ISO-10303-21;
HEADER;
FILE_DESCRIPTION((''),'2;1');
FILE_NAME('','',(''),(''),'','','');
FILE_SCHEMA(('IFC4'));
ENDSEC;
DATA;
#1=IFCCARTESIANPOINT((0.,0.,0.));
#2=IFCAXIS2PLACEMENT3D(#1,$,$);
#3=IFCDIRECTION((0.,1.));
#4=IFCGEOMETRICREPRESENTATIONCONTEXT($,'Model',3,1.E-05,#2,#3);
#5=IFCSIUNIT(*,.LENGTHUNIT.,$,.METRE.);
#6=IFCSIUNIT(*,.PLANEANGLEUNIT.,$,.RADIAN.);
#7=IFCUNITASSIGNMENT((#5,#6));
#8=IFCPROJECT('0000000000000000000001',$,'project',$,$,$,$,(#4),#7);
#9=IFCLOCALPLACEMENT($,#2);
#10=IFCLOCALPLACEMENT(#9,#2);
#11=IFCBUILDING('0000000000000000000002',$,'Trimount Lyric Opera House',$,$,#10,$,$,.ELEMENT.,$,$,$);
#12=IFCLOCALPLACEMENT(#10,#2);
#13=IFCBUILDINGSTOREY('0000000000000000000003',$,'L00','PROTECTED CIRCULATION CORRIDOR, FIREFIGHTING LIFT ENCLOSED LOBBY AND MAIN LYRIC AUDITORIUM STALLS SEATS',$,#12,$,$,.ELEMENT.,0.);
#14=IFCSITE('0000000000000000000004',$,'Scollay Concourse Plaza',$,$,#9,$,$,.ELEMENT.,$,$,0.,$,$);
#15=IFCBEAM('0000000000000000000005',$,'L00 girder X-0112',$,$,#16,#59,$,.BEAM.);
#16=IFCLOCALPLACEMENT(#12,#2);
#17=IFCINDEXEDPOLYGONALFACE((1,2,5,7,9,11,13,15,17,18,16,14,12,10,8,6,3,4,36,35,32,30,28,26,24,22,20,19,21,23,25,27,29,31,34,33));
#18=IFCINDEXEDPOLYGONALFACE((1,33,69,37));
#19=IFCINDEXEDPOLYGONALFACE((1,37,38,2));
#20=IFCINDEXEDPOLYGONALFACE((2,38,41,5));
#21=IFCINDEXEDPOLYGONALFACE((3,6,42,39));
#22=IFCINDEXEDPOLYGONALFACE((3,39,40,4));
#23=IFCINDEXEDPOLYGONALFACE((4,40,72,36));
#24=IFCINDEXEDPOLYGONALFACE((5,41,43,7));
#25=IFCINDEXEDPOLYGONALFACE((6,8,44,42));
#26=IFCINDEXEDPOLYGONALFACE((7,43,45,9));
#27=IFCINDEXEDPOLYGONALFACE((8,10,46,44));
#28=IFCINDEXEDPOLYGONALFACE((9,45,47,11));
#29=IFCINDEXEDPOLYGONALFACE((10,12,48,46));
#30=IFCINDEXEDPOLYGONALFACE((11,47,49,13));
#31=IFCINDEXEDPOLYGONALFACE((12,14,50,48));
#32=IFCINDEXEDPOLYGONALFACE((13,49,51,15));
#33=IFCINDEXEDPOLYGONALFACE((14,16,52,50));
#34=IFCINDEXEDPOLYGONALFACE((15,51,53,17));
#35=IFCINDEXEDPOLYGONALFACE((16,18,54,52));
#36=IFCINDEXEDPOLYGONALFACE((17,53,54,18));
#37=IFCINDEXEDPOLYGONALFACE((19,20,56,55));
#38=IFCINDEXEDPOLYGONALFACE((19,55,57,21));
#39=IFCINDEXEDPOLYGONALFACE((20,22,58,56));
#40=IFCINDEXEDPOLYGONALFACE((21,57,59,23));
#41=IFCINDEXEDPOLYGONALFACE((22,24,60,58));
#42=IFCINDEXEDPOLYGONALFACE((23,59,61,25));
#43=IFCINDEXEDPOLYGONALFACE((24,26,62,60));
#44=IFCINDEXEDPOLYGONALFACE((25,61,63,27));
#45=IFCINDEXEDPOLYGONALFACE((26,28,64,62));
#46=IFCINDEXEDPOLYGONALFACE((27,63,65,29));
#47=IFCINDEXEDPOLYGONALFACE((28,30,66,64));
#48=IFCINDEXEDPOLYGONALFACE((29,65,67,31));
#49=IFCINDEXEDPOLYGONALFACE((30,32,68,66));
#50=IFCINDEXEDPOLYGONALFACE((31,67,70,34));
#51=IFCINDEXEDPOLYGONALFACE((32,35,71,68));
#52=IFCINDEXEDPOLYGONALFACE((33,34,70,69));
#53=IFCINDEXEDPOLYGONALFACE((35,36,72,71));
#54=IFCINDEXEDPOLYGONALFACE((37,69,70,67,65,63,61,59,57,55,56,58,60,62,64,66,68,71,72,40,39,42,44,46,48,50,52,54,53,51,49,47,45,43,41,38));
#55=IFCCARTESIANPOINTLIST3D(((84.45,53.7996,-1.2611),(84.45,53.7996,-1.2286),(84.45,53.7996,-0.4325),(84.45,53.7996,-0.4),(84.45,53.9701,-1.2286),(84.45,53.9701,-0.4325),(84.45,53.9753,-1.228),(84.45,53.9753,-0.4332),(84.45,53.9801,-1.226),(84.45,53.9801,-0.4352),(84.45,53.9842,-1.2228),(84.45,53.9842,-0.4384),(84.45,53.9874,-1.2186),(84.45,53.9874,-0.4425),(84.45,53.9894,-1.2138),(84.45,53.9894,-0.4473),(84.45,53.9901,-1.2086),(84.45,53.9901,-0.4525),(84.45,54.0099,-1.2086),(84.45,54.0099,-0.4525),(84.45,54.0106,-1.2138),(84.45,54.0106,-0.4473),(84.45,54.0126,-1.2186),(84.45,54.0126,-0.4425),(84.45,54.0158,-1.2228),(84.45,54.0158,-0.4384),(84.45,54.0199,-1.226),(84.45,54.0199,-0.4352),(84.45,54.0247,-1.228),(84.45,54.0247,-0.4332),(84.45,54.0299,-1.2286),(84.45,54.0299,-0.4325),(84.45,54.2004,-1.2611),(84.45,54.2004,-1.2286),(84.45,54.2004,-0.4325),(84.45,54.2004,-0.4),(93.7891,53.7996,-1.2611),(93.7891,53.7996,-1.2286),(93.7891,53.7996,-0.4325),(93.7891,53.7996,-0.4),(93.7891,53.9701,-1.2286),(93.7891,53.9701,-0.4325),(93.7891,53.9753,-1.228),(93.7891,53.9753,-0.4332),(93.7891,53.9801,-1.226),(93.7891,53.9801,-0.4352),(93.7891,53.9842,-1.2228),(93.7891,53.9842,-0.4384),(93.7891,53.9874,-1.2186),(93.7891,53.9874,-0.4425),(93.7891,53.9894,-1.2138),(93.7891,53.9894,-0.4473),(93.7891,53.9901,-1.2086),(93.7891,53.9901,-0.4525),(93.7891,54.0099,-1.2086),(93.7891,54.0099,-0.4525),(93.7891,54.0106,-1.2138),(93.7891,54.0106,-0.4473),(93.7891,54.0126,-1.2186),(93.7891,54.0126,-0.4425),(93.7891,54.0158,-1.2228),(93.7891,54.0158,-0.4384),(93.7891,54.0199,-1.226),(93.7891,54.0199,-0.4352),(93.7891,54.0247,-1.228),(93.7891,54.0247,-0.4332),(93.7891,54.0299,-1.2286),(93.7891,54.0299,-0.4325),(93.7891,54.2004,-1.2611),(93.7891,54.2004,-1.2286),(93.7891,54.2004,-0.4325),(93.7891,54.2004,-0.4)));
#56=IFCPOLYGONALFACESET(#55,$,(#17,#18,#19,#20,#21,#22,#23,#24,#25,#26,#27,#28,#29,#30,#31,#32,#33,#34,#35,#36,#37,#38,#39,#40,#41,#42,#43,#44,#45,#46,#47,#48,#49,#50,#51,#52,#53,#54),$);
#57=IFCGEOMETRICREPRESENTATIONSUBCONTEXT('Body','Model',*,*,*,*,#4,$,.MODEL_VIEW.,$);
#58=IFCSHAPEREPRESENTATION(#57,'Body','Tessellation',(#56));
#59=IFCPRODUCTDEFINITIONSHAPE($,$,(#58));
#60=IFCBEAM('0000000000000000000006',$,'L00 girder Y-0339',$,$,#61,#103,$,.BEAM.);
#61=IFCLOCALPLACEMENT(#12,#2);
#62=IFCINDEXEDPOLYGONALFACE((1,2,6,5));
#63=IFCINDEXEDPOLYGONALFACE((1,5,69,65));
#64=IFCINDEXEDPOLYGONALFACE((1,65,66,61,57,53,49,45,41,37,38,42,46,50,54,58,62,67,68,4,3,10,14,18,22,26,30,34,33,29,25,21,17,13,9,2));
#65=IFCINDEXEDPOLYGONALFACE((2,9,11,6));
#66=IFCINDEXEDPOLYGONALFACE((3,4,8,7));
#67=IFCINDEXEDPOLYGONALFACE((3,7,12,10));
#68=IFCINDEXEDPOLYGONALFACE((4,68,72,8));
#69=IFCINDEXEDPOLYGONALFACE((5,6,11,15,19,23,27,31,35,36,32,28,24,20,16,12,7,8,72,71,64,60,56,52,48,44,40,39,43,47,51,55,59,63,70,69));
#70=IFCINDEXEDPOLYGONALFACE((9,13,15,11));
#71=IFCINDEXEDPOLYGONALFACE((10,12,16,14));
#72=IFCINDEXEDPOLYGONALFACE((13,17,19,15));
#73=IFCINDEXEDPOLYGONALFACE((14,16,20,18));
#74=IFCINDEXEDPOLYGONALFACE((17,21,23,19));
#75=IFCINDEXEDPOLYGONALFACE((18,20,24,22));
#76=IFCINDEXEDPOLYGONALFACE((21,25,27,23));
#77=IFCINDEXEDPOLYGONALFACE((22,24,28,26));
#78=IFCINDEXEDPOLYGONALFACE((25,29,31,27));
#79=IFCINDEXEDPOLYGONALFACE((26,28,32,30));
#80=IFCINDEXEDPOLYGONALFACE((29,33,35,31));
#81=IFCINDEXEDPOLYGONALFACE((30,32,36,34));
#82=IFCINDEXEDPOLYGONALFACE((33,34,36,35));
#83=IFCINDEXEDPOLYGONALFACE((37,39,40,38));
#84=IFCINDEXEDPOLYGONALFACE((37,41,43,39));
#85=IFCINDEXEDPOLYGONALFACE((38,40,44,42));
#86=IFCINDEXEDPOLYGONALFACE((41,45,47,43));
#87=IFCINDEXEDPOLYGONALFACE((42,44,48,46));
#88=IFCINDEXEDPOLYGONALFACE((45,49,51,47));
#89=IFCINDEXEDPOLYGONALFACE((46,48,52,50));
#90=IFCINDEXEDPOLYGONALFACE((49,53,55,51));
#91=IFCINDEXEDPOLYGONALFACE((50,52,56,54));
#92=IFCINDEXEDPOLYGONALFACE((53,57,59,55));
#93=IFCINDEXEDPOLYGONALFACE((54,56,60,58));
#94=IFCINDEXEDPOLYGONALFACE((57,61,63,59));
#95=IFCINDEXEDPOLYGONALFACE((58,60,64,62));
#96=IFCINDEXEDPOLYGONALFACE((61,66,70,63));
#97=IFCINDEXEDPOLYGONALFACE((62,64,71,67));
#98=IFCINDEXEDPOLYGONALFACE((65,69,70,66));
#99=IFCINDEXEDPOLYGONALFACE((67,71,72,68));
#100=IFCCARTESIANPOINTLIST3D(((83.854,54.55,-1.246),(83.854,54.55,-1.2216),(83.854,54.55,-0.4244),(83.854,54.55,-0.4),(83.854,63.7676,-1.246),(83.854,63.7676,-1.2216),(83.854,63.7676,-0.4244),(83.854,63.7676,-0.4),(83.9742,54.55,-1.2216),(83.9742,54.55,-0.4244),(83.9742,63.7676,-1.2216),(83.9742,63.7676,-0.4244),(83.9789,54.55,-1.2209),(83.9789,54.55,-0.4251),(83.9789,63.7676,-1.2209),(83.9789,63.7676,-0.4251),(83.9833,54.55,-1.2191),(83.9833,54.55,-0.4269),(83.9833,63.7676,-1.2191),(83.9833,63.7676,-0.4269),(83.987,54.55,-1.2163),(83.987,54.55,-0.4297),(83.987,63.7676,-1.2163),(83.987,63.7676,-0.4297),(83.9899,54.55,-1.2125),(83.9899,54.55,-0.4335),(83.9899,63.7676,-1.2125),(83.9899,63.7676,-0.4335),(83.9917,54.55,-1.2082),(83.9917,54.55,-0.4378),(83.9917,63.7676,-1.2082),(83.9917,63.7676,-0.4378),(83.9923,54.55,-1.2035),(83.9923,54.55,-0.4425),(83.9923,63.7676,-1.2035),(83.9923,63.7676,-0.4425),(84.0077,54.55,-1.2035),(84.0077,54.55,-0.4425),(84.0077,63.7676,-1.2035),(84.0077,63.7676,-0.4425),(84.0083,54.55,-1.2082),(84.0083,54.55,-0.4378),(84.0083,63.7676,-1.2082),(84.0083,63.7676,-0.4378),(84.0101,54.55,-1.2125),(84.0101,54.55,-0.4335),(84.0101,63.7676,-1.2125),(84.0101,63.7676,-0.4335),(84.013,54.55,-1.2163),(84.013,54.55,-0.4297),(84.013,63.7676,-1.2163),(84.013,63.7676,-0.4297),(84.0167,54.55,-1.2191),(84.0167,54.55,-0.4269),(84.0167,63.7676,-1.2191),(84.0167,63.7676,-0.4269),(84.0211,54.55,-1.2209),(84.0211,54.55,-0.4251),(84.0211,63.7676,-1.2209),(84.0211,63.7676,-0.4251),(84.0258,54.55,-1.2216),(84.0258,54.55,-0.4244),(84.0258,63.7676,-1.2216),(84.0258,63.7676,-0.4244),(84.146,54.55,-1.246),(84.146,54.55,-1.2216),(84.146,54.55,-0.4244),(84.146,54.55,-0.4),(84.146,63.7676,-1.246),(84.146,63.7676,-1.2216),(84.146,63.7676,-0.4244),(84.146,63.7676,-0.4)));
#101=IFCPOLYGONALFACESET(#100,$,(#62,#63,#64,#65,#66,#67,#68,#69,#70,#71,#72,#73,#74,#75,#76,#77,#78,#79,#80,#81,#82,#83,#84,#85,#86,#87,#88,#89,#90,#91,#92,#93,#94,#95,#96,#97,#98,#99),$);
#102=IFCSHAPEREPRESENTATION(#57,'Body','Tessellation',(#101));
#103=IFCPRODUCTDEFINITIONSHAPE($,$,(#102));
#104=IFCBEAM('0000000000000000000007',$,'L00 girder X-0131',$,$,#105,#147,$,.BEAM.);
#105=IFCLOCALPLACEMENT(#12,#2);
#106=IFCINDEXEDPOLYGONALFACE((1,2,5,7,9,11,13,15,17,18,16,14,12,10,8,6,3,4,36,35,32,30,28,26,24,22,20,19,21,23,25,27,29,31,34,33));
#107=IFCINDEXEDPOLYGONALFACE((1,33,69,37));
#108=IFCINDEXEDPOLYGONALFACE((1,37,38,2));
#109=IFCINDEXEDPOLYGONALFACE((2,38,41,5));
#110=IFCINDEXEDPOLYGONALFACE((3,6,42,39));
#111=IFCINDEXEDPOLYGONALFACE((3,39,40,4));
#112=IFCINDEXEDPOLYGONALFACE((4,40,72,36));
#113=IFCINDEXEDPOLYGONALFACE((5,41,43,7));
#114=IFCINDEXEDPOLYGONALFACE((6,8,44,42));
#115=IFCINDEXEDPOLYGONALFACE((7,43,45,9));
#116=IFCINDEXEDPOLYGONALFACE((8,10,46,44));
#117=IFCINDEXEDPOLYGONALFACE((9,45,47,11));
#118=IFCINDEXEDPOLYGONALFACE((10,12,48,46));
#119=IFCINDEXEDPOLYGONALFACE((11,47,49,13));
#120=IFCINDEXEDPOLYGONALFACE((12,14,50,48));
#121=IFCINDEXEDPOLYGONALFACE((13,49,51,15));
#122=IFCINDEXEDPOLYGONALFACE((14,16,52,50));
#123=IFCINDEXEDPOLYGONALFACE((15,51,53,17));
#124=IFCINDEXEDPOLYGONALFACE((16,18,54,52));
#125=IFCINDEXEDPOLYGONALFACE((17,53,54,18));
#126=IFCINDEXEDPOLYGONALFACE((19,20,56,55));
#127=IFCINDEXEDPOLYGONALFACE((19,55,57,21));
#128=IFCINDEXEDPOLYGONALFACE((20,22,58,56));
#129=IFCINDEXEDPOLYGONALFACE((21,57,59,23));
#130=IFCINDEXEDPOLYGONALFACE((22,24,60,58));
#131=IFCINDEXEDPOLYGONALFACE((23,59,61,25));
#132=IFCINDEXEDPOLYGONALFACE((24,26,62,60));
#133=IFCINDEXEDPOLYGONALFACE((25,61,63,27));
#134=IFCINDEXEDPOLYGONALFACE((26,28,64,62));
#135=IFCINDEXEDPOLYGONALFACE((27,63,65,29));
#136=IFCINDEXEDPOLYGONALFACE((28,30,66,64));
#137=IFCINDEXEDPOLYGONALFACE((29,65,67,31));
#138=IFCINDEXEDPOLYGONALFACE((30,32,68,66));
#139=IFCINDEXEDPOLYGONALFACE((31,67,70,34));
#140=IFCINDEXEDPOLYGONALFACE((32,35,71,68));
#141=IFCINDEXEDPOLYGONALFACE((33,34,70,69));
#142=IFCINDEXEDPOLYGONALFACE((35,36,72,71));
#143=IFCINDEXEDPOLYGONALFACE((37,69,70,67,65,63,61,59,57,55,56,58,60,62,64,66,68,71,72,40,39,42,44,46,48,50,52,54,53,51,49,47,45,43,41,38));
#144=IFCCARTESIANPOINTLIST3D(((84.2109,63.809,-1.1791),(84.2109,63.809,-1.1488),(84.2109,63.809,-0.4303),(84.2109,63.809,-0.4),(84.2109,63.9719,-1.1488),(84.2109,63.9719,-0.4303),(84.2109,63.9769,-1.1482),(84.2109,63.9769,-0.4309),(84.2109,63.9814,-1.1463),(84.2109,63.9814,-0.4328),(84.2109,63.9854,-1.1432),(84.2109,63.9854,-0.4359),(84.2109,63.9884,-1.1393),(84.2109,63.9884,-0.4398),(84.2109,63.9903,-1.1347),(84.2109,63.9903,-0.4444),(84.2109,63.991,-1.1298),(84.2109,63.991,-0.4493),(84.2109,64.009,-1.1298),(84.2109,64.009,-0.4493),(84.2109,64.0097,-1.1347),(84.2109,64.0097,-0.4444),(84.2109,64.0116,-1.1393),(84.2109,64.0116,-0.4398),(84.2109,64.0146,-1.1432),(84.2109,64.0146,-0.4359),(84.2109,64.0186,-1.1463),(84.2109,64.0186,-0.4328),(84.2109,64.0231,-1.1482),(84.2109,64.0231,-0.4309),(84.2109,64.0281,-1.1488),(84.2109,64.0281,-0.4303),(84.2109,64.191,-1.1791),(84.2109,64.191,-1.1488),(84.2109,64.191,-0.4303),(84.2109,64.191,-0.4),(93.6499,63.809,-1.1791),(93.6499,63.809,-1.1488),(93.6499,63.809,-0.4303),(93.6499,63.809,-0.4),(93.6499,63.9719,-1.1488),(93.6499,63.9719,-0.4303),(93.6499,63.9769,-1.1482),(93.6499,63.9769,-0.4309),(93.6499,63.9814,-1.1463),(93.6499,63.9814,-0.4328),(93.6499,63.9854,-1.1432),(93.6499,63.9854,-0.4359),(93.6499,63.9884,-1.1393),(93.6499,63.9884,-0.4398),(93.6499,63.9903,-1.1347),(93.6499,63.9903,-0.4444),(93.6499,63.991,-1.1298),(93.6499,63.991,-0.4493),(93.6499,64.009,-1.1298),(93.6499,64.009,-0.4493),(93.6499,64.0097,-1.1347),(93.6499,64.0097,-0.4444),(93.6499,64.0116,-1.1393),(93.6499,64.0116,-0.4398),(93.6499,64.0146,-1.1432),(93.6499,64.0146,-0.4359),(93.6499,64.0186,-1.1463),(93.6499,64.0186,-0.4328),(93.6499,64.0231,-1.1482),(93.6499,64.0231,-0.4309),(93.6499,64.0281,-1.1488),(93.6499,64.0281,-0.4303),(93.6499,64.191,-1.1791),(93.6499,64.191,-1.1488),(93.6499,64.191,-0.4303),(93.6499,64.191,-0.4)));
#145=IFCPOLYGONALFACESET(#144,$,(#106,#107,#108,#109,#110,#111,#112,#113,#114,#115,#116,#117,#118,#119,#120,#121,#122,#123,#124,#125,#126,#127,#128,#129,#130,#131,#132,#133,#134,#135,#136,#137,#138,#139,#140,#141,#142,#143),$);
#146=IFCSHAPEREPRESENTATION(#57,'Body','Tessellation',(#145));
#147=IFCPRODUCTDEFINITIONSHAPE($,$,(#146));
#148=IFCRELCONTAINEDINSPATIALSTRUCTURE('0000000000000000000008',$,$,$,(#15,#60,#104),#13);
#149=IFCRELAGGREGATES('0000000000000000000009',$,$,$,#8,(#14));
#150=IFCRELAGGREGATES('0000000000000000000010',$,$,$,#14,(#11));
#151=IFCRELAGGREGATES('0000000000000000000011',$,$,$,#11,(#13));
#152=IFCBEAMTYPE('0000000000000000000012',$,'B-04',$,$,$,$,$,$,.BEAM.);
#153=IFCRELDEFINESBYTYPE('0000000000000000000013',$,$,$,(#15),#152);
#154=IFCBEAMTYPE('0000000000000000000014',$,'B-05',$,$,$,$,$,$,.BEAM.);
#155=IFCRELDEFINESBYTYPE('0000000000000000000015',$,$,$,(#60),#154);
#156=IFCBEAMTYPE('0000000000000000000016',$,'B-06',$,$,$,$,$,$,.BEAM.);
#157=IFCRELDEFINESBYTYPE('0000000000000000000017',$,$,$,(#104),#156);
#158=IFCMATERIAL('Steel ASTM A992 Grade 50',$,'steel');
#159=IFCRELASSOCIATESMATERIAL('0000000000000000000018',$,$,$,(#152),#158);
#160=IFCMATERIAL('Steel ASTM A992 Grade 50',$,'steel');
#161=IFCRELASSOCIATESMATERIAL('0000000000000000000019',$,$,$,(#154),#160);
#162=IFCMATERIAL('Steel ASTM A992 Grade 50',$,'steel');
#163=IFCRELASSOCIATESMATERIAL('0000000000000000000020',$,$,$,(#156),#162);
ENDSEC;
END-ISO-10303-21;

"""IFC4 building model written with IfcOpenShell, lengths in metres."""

from ifc_helpers import new_model, si_unit, direction, frame, origin, origin_2d, place, context, subcontext, project, spatial, i_section, extrude, material, material_profile, profile_set, type_object, element, save


model = new_model("IFC4")

# Units and contexts
model_context = context("Model", 3, precision=1e-05, world=origin(), true_north=direction((0.0, 1.0)))
body_context = subcontext(model_context, "Body", "Model", "MODEL_VIEW")
ifc_project = project(units=[si_unit("LENGTHUNIT", "METRE"), si_unit("PLANEANGLEUNIT", "RADIAN")], contexts=[model_context])

# Site, building, storey
site_placement = place(None, origin())
site = spatial("IfcSite", under=ifc_project, at=site_placement, Name="Scollay Concourse Plaza", CompositionType="ELEMENT", RefElevation=0.0)
building_placement = place(site_placement, origin())
building = spatial("IfcBuilding", under=site, at=building_placement, Name="Trimount Lyric Opera House", CompositionType="ELEMENT")
storey_placement = place(building_placement, origin())
storey = spatial("IfcBuildingStorey", under=building, at=storey_placement, Name="L00", Description="PROTECTED CIRCULATION CORRIDOR, FIREFIGHTING LIFT ENCLOSED LOBBY AND MAIN LYRIC AUDITORIUM STALLS SEATS", CompositionType="ELEMENT", Elevation=0.0)

# Beams
ifc_material_1 = material(Name="Steel ASTM A992 Grade 50", Category="steel")
ifc_material_profile_1 = material_profile(ifc_material_1, i_section(OverallWidth=0.4009, OverallDepth=0.8611, WebThickness=0.0198, FlangeThickness=0.0325, FilletRadius=0.02, at=origin_2d()), Name="W33X221")
ifc_profile_set_1 = profile_set([ifc_material_profile_1], Name="Steel ASTM A992 Grade 50")
beam_type_1 = type_object("IfcBeamType", Name="B-04", PredefinedType="BEAM", material=ifc_profile_set_1)
beam_1_placement = place(storey_placement, frame((84.45, 54.0, -0.8306), z_axis=(1.0, 0.0, 0.0), x_axis=(0.0, 1.0, 0.0)))
element("IfcBeam", 1, at=beam_1_placement, inside=storey, type_object=beam_type_1, Name="L00 girder X-0112", PredefinedType="BEAM", context=body_context, shape_type="SweptSolid", body=[
    extrude(i_section(OverallWidth=0.4009, OverallDepth=0.8611, WebThickness=0.0198, FlangeThickness=0.0325, FilletRadius=0.02, at=origin_2d()), origin(), (0.0, 0.0, 1.0), 9.3391),
])
ifc_material_2 = material(Name="Steel ASTM A992 Grade 50", Category="steel")
ifc_material_profile_2 = material_profile(ifc_material_2, i_section(OverallWidth=0.292, OverallDepth=0.8459, WebThickness=0.0154, FlangeThickness=0.0244, FilletRadius=0.0181, at=origin_2d()), Name="W33X141")
ifc_profile_set_2 = profile_set([ifc_material_profile_2], Name="Steel ASTM A992 Grade 50")
beam_type_2 = type_object("IfcBeamType", Name="B-05", PredefinedType="BEAM", material=ifc_profile_set_2)
beam_2_placement = place(storey_placement, frame((84.0, 54.55, -0.823), z_axis=(0.0, 1.0, 0.0), x_axis=(-1.0, 0.0, 0.0)))
element("IfcBeam", 2, at=beam_2_placement, inside=storey, type_object=beam_type_2, Name="L00 girder Y-0339", PredefinedType="BEAM", context=body_context, shape_type="SweptSolid", body=[
    extrude(i_section(OverallWidth=0.292, OverallDepth=0.8459, WebThickness=0.0154, FlangeThickness=0.0244, FilletRadius=0.0181, at=origin_2d()), origin(), (0.0, 0.0, 1.0), 9.2175),
])
ifc_material_3 = material(Name="Steel ASTM A992 Grade 50", Category="steel")
ifc_material_profile_3 = material_profile(ifc_material_3, i_section(OverallWidth=0.3821, OverallDepth=0.7791, WebThickness=0.0181, FlangeThickness=0.0303, FilletRadius=0.019, at=origin_2d()), Name="W30X191")
ifc_profile_set_3 = profile_set([ifc_material_profile_3], Name="Steel ASTM A992 Grade 50")
beam_type_3 = type_object("IfcBeamType", Name="B-06", PredefinedType="BEAM", material=ifc_profile_set_3)
beam_3_placement = place(storey_placement, frame((84.2109, 64.0, -0.7896), z_axis=(1.0, 0.0, 0.0), x_axis=(0.0, 1.0, 0.0)))
element("IfcBeam", 3, at=beam_3_placement, inside=storey, type_object=beam_type_3, Name="L00 girder X-0131", PredefinedType="BEAM", context=body_context, shape_type="SweptSolid", body=[
    extrude(i_section(OverallWidth=0.3821, OverallDepth=0.7791, WebThickness=0.0181, FlangeThickness=0.0303, FilletRadius=0.019, at=origin_2d()), origin(), (0.0, 0.0, 1.0), 9.439),
])

save(model, "model.ifc")
